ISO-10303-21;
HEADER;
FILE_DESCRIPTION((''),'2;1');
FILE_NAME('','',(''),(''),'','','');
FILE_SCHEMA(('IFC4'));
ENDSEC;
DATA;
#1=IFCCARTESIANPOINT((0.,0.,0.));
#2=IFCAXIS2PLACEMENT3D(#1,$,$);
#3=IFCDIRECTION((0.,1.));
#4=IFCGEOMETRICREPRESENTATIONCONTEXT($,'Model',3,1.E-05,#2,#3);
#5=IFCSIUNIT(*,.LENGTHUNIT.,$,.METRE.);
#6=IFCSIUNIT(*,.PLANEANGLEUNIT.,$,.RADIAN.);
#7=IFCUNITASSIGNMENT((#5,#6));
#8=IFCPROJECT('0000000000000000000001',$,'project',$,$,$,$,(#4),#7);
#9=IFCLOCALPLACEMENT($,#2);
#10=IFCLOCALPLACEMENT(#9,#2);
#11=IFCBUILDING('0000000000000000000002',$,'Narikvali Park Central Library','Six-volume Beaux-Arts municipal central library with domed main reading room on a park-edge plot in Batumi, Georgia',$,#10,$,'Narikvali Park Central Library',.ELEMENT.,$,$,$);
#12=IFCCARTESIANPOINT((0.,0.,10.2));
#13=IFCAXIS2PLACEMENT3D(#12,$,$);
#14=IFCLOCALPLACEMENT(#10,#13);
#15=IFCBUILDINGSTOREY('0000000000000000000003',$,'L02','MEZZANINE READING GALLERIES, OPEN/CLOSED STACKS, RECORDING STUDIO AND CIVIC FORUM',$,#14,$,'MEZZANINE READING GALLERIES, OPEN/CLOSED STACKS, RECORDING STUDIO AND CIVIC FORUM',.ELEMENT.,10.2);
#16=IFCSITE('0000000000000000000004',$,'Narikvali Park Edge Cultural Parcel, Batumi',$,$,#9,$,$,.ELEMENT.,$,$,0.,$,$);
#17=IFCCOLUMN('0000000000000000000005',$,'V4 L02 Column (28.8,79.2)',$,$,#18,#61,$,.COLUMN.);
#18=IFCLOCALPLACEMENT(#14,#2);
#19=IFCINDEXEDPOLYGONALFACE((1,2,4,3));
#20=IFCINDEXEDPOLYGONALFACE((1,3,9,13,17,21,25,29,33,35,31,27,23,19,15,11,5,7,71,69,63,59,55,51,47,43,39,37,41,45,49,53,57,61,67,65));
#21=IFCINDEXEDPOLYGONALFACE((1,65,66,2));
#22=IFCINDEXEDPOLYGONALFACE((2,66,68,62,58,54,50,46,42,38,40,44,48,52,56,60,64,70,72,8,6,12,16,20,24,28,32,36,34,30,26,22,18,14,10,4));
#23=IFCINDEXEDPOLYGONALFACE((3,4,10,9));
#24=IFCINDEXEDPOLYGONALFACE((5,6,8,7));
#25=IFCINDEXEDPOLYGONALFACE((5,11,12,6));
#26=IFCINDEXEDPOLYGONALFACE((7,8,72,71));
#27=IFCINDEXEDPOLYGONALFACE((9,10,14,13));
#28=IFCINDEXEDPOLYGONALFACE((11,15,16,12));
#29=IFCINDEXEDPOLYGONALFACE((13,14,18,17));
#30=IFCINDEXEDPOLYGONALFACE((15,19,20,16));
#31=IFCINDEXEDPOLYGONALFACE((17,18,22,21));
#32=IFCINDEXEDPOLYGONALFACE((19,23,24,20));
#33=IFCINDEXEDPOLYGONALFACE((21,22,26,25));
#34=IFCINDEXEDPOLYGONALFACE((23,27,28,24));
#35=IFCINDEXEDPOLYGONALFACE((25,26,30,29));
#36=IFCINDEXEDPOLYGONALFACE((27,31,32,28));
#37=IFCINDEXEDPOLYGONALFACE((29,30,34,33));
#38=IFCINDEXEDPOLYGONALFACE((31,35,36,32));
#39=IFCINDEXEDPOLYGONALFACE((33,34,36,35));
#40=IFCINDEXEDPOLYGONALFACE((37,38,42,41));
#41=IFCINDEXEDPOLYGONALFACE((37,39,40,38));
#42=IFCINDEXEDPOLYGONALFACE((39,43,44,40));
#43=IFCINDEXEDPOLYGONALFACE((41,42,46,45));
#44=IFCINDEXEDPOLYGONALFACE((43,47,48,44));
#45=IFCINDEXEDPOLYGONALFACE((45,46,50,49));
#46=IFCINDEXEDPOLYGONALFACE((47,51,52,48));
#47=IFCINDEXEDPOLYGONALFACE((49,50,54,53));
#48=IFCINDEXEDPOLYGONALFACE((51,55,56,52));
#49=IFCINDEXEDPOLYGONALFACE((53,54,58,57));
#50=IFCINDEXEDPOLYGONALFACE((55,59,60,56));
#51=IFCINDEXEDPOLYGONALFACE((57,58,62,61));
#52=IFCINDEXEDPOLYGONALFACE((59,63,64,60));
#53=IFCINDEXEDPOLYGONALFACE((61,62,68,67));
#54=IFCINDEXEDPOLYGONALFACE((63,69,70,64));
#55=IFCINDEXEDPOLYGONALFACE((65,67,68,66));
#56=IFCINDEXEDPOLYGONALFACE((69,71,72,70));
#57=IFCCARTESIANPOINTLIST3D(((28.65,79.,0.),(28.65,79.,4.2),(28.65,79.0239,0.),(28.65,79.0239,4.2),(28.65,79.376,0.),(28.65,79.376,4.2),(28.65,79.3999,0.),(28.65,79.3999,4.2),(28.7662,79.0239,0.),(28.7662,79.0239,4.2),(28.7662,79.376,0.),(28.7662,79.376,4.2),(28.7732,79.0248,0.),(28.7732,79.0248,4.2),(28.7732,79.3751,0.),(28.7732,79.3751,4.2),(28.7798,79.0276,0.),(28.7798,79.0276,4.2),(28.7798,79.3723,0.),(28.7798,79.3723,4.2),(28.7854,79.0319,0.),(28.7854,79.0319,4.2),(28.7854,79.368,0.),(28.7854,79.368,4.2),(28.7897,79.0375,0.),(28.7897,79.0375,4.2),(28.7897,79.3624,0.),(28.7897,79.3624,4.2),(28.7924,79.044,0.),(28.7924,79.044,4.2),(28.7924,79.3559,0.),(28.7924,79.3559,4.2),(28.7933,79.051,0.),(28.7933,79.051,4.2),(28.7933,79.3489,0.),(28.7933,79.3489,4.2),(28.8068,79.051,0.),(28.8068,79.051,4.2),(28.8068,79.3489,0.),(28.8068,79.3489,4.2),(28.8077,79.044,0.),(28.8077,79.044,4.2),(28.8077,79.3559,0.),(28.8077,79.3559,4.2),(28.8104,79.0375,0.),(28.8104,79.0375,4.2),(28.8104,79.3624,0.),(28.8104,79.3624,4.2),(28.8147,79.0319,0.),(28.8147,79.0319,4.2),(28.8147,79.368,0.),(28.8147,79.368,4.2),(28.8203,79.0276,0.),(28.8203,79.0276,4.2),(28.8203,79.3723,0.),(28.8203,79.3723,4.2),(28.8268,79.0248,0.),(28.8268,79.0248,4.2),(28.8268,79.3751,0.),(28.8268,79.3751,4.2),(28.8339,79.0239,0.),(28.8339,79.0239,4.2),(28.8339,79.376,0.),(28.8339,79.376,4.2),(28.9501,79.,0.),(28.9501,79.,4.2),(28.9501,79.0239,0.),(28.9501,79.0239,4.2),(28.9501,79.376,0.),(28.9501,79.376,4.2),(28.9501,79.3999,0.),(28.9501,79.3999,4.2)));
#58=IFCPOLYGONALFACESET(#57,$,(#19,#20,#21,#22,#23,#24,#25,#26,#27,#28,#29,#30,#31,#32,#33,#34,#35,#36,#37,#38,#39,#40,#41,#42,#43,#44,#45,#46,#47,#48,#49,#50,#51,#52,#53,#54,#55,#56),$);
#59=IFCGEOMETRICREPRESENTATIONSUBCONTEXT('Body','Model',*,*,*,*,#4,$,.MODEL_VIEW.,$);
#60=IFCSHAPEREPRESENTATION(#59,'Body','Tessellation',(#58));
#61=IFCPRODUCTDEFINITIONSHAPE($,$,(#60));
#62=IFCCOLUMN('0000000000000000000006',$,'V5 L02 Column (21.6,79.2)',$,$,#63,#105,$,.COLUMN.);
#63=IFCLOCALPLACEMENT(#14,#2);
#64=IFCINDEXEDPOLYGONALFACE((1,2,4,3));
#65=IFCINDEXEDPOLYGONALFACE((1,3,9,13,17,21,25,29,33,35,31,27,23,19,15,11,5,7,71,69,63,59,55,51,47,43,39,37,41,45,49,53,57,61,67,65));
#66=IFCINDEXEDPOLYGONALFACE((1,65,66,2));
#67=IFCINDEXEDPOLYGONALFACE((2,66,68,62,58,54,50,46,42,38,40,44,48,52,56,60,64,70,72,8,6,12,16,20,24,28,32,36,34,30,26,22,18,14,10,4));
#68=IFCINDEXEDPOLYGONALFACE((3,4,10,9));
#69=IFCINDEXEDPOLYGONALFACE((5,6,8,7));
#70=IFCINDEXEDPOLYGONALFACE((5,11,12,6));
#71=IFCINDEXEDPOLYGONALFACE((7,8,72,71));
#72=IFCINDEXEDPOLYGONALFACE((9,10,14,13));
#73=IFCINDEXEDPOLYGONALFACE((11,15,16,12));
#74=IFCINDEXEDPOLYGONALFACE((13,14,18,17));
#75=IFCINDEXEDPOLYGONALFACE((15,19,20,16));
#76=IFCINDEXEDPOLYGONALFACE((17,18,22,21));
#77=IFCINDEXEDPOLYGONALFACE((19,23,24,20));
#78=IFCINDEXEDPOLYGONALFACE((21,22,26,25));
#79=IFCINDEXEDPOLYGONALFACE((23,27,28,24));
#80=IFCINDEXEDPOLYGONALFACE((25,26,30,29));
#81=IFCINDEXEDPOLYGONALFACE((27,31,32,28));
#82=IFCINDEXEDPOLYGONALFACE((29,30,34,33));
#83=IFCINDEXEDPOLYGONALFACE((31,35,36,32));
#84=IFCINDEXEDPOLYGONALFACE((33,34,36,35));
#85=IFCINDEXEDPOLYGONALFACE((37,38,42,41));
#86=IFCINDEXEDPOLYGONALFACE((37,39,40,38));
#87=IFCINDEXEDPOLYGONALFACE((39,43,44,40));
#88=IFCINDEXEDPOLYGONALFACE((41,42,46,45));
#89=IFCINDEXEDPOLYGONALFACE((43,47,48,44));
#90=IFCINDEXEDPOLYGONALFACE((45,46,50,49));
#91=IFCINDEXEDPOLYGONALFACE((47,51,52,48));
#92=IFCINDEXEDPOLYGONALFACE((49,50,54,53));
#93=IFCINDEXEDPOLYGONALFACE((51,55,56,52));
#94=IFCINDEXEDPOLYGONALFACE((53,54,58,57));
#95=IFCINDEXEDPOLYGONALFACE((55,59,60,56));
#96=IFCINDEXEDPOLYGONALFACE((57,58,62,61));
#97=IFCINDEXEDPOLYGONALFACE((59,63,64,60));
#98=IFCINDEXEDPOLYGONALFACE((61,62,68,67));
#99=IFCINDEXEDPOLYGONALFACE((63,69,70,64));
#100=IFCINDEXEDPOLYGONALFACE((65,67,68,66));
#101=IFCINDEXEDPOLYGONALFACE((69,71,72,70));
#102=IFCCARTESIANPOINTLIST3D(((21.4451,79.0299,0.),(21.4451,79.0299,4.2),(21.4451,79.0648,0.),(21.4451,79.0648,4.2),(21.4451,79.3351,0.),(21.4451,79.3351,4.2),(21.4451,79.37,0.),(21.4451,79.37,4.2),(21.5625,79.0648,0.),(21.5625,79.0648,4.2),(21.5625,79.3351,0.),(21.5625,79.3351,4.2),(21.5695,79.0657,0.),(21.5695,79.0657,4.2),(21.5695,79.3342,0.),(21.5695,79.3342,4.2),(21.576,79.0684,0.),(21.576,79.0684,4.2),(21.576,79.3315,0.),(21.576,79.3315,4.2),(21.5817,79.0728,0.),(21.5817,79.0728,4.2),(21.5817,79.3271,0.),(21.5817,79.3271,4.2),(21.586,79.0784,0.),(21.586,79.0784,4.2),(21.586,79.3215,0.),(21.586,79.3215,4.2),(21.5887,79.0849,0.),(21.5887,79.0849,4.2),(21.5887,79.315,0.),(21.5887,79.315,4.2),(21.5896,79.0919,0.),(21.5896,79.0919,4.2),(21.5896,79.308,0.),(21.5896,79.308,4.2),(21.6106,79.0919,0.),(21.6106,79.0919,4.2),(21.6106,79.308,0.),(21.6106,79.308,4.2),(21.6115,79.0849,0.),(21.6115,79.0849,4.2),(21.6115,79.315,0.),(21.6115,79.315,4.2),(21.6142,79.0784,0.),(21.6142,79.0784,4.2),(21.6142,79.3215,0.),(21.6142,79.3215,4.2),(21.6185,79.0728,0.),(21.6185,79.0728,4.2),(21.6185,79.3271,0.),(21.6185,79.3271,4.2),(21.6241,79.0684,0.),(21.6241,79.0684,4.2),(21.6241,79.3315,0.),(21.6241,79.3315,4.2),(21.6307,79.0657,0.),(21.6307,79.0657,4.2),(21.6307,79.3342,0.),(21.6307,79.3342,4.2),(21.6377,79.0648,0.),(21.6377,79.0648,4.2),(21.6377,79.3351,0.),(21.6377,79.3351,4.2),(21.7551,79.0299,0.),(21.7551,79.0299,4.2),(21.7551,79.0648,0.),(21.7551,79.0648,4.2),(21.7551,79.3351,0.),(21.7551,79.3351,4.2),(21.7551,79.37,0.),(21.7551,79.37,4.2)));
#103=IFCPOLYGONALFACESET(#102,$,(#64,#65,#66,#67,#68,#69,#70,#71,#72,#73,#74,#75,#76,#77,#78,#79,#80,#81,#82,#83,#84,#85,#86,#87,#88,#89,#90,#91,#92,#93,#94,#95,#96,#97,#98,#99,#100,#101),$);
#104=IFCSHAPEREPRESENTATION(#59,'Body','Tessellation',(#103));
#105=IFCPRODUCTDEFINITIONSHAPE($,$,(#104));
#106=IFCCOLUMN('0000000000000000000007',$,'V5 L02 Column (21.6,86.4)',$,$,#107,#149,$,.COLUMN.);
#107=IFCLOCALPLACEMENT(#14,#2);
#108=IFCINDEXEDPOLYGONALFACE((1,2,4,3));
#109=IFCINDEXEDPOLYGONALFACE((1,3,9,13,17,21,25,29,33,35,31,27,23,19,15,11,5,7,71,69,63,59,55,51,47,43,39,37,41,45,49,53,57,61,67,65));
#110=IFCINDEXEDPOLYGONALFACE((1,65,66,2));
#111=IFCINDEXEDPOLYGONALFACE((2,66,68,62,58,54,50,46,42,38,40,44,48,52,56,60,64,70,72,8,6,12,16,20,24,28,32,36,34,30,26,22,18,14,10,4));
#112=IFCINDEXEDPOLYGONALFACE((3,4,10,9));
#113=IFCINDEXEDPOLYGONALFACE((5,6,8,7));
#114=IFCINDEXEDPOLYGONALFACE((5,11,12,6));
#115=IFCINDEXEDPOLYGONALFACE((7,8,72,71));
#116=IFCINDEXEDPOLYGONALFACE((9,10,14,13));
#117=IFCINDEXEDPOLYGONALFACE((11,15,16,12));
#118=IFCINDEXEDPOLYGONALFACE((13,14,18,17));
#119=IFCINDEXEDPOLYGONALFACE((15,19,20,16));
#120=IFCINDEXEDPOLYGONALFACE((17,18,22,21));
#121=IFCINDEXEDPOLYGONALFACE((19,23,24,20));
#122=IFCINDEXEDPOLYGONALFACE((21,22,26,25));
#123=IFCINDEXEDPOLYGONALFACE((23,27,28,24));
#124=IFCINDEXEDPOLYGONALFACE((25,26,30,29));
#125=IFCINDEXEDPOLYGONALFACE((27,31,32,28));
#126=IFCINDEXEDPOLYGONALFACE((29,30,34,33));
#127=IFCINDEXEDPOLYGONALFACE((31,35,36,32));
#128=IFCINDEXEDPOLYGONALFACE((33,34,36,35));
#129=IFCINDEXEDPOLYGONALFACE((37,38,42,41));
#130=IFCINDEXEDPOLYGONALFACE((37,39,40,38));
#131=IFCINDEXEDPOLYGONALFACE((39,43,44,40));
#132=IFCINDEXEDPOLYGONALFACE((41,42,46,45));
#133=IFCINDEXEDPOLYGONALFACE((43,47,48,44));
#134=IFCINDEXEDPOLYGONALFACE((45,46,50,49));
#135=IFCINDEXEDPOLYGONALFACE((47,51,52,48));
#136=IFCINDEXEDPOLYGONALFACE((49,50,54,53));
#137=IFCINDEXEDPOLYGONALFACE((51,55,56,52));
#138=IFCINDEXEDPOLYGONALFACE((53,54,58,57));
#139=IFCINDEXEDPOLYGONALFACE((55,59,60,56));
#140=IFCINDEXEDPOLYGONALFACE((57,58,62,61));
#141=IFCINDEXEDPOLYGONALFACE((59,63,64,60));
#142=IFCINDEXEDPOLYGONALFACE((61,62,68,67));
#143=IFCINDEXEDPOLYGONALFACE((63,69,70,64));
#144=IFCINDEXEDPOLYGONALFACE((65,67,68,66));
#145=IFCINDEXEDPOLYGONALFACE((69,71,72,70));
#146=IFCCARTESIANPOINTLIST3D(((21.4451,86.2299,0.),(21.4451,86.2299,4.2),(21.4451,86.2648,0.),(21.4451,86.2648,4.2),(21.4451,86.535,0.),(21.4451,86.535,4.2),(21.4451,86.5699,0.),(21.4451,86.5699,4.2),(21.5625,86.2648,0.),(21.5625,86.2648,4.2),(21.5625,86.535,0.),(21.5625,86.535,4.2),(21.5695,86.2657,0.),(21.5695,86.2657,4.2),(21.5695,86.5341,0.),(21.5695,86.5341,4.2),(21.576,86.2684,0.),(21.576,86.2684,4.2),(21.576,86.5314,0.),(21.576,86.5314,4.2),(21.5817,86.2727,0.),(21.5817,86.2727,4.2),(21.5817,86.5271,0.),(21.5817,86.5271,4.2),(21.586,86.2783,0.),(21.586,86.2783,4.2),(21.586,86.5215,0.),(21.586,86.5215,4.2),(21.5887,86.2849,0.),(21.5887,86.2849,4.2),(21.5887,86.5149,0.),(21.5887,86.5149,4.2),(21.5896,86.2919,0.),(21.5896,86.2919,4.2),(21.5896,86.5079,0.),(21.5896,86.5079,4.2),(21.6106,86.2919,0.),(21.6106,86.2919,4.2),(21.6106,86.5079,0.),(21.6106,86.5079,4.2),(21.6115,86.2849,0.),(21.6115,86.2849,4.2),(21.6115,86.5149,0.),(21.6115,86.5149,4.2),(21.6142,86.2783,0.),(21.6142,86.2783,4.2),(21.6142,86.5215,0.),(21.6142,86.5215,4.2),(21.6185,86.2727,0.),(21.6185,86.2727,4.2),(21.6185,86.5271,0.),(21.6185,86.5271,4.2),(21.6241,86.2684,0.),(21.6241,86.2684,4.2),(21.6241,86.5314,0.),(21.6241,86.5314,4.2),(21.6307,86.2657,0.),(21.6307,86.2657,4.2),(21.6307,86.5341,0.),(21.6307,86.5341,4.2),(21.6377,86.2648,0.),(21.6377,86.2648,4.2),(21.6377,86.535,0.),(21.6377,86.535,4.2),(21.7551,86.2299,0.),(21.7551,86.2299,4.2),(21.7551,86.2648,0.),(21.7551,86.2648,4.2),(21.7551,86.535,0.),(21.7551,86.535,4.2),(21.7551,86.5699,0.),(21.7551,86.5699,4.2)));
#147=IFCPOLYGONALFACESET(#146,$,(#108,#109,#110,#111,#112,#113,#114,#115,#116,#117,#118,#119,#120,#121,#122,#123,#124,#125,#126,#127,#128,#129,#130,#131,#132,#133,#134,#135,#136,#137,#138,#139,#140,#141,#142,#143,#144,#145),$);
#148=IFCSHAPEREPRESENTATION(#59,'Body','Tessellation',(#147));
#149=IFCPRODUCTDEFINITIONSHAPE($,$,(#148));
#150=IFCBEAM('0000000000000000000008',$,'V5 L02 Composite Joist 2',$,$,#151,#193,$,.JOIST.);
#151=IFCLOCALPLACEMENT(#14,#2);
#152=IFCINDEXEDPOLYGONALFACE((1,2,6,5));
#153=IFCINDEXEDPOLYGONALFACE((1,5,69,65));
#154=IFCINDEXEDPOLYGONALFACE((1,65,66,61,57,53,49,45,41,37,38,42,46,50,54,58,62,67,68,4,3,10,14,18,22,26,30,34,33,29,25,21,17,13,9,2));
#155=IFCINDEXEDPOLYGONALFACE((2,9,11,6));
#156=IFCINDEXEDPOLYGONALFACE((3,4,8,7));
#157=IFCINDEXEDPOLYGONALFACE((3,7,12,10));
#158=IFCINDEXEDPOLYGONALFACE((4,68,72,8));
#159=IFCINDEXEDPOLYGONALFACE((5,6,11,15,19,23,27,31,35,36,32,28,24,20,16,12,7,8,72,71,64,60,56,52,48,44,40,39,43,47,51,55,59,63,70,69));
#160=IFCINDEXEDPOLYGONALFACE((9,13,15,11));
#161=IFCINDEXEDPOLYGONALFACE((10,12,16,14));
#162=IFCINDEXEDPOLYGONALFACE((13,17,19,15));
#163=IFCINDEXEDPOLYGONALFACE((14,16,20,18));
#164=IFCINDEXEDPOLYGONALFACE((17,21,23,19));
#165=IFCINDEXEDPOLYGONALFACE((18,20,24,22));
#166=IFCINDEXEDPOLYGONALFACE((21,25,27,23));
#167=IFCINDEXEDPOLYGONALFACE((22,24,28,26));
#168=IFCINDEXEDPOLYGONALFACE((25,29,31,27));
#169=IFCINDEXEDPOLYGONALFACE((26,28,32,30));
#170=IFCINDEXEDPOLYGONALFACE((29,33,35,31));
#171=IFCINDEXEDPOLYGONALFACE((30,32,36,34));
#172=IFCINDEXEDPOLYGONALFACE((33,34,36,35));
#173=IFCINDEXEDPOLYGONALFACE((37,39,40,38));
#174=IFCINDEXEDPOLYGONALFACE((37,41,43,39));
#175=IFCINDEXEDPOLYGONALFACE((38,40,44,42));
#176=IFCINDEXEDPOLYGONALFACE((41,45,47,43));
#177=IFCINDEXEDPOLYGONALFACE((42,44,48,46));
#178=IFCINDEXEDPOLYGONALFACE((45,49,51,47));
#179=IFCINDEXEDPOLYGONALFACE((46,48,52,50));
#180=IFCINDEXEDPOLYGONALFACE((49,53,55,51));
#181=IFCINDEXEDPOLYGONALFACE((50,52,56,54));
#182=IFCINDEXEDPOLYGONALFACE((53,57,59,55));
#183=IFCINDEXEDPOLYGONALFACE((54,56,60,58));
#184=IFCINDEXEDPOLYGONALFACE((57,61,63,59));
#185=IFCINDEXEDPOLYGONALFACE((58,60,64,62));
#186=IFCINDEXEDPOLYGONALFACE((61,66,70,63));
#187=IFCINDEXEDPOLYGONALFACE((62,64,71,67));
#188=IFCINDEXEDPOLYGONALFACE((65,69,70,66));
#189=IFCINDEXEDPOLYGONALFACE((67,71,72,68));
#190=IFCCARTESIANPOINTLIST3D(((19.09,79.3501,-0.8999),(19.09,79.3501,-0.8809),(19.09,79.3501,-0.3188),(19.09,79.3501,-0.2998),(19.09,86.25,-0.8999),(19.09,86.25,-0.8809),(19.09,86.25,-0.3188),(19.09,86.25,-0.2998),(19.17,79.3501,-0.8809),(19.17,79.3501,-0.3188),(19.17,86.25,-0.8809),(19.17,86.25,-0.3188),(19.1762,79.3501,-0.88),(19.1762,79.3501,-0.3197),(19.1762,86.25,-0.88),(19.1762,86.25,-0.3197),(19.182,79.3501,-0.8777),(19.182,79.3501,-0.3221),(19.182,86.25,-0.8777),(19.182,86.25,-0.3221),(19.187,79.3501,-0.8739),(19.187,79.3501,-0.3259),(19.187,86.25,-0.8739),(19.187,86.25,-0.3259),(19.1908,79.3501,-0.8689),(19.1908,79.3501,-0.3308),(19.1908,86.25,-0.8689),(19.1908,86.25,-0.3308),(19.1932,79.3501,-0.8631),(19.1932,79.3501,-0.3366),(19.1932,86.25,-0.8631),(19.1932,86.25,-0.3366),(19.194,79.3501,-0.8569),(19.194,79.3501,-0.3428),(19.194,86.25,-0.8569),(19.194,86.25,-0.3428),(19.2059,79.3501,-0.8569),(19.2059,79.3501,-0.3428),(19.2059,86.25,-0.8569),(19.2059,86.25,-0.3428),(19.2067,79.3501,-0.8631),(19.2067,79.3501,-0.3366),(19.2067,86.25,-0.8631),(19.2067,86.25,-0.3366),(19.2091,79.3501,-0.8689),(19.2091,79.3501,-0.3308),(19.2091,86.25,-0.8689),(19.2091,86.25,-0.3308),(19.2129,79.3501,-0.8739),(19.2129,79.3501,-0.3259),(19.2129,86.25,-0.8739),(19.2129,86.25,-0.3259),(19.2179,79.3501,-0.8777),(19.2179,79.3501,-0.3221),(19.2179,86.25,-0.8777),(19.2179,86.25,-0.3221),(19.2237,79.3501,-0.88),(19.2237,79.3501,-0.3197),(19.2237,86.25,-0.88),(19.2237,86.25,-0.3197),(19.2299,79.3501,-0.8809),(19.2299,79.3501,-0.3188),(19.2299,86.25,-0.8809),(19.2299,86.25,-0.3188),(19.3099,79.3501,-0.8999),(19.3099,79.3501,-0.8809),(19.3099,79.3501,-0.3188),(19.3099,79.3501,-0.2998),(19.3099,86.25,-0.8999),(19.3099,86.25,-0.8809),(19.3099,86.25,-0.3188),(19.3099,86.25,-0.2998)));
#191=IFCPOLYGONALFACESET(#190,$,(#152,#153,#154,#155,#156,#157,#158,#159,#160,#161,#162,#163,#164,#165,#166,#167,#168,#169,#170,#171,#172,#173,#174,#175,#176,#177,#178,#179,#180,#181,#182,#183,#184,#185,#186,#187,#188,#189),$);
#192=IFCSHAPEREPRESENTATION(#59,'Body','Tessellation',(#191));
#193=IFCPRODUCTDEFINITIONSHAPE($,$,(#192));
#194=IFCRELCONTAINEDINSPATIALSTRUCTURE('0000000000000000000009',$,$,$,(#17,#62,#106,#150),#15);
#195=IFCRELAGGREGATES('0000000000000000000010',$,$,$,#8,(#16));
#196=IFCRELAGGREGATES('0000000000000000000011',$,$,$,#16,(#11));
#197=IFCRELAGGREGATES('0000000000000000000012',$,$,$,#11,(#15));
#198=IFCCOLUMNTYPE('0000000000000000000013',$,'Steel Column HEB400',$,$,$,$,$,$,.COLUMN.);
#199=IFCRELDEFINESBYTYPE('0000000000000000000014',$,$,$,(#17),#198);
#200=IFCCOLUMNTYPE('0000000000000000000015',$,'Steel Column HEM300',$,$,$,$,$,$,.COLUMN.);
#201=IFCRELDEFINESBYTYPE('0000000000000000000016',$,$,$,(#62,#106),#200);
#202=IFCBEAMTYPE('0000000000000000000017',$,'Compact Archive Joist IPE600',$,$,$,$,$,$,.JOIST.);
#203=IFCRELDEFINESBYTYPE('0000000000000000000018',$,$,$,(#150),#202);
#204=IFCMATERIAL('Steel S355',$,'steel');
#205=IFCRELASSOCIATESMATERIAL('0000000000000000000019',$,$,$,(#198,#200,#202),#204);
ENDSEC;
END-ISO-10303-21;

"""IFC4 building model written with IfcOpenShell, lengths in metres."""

from ifc_helpers import new_model, si_unit, direction, frame, origin, origin_2d, place, context, subcontext, project, spatial, i_section, extrude, material, material_profile, profile_set, type_object, element, save


model = new_model("IFC4")

# Units and contexts
model_context = context("Model", 3, precision=1e-05, world=origin(), true_north=direction((0.0, 1.0)))
body_context = subcontext(model_context, "Body", "Model", "MODEL_VIEW")
ifc_project = project(units=[si_unit("LENGTHUNIT", "METRE"), si_unit("PLANEANGLEUNIT", "RADIAN")], contexts=[model_context])

# Site, building, storey
site_placement = place(None, origin())
site = spatial("IfcSite", under=ifc_project, at=site_placement, Name="Narikvali Park Edge Cultural Parcel, Batumi", CompositionType="ELEMENT", RefElevation=0.0)
building_placement = place(site_placement, origin())
building = spatial("IfcBuilding", under=site, at=building_placement, Name="Narikvali Park Central Library", Description="Six-volume Beaux-Arts municipal central library with domed main reading room on a park-edge plot in Batumi, Georgia", LongName="Narikvali Park Central Library", CompositionType="ELEMENT")
storey_placement = place(building_placement, frame((0.0, 0.0, 10.2)))
storey = spatial("IfcBuildingStorey", under=building, at=storey_placement, Name="L02", Description="MEZZANINE READING GALLERIES, OPEN/CLOSED STACKS, RECORDING STUDIO AND CIVIC FORUM", LongName="MEZZANINE READING GALLERIES, OPEN/CLOSED STACKS, RECORDING STUDIO AND CIVIC FORUM", CompositionType="ELEMENT", Elevation=10.2)

# Columns
ifc_material_1 = material(Name="Steel S355", Category="steel")
ifc_material_profile_1 = material_profile(ifc_material_1, i_section(OverallWidth=0.3, OverallDepth=0.3999, WebThickness=0.0134, FlangeThickness=0.0239, FilletRadius=0.0271, at=origin_2d()), Name="HEB 400")
ifc_profile_set_1 = profile_set([ifc_material_profile_1], Name="Steel S355")
column_type_1 = type_object("IfcColumnType", Name="Steel Column HEB400", PredefinedType="COLUMN", material=ifc_profile_set_1)
column_placement = place(storey_placement, frame((28.8, 79.2, 0.0), z_axis=(0.0, 0.0, 1.0), x_axis=(1.0, 0.0, 0.0)))
element("IfcColumn", 1, at=column_placement, inside=storey, type_object=column_type_1, Name="V4 L02 Column (28.8,79.2)", PredefinedType="COLUMN", context=body_context, shape_type="SweptSolid", body=[
    extrude(i_section(OverallWidth=0.3, OverallDepth=0.3999, WebThickness=0.0134, FlangeThickness=0.0239, FilletRadius=0.0271, at=origin_2d()), origin(), (0.0, 0.0, 1.0), 4.2),
])
ifc_material_profile_2 = material_profile(ifc_material_1, i_section(OverallWidth=0.3101, OverallDepth=0.3401, WebThickness=0.021, FlangeThickness=0.0349, FilletRadius=0.0271, at=origin_2d()), Name="HEM 300")
ifc_profile_set_2 = profile_set([ifc_material_profile_2], Name="Steel S355")
column_type_2 = type_object("IfcColumnType", Name="Steel Column HEM300", PredefinedType="COLUMN", material=ifc_profile_set_2)
for number, where, z_axis, x_axis, name in (
    (2, (21.6001, 79.2, 0.0), (0.0, 0.0, 1.0), (1.0, 0.0, 0.0), "V5 L02 Column (21.6,79.2)"),
    (3, (21.6001, 86.3999, 0.0), (0.0, 0.0, 1.0), (1.0, 0.0, 0.0), "V5 L02 Column (21.6,86.4)"),
):
    element("IfcColumn", number, at=place(storey_placement, frame(where, z_axis=z_axis, x_axis=x_axis)), inside=storey, type_object=column_type_2, Name=name, PredefinedType="COLUMN", context=body_context, shape_type="SweptSolid", body=[
        extrude(i_section(OverallWidth=0.3101, OverallDepth=0.3401, WebThickness=0.021, FlangeThickness=0.0349, FilletRadius=0.0271, at=origin_2d()), origin(), (0.0, 0.0, 1.0), 4.2),
    ])

# Beam
ifc_material_profile_3 = material_profile(ifc_material_1, i_section(OverallWidth=0.22, OverallDepth=0.6001, WebThickness=0.012, FlangeThickness=0.019, FilletRadius=0.0239, at=origin_2d()), Name="IPE 600")
ifc_profile_set_3 = profile_set([ifc_material_profile_3], Name="Steel S355")
beam_type_1 = type_object("IfcBeamType", Name="Compact Archive Joist IPE600", PredefinedType="JOIST", material=ifc_profile_set_3)
beam_1_placement = place(storey_placement, frame((19.2, 79.3501, -0.5999), z_axis=(0.0, 1.0, 0.0), x_axis=(-1.0, 0.0, 0.0)))
element("IfcBeam", 4, at=beam_1_placement, inside=storey, type_object=beam_type_1, Name="V5 L02 Composite Joist 2", PredefinedType="JOIST", context=body_context, shape_type="SweptSolid", body=[
    extrude(i_section(OverallWidth=0.22, OverallDepth=0.6001, WebThickness=0.012, FlangeThickness=0.019, FilletRadius=0.0239, at=origin_2d()), origin(), (0.0, 0.0, 1.0), 6.8999),
])

save(model, "model.ifc")
